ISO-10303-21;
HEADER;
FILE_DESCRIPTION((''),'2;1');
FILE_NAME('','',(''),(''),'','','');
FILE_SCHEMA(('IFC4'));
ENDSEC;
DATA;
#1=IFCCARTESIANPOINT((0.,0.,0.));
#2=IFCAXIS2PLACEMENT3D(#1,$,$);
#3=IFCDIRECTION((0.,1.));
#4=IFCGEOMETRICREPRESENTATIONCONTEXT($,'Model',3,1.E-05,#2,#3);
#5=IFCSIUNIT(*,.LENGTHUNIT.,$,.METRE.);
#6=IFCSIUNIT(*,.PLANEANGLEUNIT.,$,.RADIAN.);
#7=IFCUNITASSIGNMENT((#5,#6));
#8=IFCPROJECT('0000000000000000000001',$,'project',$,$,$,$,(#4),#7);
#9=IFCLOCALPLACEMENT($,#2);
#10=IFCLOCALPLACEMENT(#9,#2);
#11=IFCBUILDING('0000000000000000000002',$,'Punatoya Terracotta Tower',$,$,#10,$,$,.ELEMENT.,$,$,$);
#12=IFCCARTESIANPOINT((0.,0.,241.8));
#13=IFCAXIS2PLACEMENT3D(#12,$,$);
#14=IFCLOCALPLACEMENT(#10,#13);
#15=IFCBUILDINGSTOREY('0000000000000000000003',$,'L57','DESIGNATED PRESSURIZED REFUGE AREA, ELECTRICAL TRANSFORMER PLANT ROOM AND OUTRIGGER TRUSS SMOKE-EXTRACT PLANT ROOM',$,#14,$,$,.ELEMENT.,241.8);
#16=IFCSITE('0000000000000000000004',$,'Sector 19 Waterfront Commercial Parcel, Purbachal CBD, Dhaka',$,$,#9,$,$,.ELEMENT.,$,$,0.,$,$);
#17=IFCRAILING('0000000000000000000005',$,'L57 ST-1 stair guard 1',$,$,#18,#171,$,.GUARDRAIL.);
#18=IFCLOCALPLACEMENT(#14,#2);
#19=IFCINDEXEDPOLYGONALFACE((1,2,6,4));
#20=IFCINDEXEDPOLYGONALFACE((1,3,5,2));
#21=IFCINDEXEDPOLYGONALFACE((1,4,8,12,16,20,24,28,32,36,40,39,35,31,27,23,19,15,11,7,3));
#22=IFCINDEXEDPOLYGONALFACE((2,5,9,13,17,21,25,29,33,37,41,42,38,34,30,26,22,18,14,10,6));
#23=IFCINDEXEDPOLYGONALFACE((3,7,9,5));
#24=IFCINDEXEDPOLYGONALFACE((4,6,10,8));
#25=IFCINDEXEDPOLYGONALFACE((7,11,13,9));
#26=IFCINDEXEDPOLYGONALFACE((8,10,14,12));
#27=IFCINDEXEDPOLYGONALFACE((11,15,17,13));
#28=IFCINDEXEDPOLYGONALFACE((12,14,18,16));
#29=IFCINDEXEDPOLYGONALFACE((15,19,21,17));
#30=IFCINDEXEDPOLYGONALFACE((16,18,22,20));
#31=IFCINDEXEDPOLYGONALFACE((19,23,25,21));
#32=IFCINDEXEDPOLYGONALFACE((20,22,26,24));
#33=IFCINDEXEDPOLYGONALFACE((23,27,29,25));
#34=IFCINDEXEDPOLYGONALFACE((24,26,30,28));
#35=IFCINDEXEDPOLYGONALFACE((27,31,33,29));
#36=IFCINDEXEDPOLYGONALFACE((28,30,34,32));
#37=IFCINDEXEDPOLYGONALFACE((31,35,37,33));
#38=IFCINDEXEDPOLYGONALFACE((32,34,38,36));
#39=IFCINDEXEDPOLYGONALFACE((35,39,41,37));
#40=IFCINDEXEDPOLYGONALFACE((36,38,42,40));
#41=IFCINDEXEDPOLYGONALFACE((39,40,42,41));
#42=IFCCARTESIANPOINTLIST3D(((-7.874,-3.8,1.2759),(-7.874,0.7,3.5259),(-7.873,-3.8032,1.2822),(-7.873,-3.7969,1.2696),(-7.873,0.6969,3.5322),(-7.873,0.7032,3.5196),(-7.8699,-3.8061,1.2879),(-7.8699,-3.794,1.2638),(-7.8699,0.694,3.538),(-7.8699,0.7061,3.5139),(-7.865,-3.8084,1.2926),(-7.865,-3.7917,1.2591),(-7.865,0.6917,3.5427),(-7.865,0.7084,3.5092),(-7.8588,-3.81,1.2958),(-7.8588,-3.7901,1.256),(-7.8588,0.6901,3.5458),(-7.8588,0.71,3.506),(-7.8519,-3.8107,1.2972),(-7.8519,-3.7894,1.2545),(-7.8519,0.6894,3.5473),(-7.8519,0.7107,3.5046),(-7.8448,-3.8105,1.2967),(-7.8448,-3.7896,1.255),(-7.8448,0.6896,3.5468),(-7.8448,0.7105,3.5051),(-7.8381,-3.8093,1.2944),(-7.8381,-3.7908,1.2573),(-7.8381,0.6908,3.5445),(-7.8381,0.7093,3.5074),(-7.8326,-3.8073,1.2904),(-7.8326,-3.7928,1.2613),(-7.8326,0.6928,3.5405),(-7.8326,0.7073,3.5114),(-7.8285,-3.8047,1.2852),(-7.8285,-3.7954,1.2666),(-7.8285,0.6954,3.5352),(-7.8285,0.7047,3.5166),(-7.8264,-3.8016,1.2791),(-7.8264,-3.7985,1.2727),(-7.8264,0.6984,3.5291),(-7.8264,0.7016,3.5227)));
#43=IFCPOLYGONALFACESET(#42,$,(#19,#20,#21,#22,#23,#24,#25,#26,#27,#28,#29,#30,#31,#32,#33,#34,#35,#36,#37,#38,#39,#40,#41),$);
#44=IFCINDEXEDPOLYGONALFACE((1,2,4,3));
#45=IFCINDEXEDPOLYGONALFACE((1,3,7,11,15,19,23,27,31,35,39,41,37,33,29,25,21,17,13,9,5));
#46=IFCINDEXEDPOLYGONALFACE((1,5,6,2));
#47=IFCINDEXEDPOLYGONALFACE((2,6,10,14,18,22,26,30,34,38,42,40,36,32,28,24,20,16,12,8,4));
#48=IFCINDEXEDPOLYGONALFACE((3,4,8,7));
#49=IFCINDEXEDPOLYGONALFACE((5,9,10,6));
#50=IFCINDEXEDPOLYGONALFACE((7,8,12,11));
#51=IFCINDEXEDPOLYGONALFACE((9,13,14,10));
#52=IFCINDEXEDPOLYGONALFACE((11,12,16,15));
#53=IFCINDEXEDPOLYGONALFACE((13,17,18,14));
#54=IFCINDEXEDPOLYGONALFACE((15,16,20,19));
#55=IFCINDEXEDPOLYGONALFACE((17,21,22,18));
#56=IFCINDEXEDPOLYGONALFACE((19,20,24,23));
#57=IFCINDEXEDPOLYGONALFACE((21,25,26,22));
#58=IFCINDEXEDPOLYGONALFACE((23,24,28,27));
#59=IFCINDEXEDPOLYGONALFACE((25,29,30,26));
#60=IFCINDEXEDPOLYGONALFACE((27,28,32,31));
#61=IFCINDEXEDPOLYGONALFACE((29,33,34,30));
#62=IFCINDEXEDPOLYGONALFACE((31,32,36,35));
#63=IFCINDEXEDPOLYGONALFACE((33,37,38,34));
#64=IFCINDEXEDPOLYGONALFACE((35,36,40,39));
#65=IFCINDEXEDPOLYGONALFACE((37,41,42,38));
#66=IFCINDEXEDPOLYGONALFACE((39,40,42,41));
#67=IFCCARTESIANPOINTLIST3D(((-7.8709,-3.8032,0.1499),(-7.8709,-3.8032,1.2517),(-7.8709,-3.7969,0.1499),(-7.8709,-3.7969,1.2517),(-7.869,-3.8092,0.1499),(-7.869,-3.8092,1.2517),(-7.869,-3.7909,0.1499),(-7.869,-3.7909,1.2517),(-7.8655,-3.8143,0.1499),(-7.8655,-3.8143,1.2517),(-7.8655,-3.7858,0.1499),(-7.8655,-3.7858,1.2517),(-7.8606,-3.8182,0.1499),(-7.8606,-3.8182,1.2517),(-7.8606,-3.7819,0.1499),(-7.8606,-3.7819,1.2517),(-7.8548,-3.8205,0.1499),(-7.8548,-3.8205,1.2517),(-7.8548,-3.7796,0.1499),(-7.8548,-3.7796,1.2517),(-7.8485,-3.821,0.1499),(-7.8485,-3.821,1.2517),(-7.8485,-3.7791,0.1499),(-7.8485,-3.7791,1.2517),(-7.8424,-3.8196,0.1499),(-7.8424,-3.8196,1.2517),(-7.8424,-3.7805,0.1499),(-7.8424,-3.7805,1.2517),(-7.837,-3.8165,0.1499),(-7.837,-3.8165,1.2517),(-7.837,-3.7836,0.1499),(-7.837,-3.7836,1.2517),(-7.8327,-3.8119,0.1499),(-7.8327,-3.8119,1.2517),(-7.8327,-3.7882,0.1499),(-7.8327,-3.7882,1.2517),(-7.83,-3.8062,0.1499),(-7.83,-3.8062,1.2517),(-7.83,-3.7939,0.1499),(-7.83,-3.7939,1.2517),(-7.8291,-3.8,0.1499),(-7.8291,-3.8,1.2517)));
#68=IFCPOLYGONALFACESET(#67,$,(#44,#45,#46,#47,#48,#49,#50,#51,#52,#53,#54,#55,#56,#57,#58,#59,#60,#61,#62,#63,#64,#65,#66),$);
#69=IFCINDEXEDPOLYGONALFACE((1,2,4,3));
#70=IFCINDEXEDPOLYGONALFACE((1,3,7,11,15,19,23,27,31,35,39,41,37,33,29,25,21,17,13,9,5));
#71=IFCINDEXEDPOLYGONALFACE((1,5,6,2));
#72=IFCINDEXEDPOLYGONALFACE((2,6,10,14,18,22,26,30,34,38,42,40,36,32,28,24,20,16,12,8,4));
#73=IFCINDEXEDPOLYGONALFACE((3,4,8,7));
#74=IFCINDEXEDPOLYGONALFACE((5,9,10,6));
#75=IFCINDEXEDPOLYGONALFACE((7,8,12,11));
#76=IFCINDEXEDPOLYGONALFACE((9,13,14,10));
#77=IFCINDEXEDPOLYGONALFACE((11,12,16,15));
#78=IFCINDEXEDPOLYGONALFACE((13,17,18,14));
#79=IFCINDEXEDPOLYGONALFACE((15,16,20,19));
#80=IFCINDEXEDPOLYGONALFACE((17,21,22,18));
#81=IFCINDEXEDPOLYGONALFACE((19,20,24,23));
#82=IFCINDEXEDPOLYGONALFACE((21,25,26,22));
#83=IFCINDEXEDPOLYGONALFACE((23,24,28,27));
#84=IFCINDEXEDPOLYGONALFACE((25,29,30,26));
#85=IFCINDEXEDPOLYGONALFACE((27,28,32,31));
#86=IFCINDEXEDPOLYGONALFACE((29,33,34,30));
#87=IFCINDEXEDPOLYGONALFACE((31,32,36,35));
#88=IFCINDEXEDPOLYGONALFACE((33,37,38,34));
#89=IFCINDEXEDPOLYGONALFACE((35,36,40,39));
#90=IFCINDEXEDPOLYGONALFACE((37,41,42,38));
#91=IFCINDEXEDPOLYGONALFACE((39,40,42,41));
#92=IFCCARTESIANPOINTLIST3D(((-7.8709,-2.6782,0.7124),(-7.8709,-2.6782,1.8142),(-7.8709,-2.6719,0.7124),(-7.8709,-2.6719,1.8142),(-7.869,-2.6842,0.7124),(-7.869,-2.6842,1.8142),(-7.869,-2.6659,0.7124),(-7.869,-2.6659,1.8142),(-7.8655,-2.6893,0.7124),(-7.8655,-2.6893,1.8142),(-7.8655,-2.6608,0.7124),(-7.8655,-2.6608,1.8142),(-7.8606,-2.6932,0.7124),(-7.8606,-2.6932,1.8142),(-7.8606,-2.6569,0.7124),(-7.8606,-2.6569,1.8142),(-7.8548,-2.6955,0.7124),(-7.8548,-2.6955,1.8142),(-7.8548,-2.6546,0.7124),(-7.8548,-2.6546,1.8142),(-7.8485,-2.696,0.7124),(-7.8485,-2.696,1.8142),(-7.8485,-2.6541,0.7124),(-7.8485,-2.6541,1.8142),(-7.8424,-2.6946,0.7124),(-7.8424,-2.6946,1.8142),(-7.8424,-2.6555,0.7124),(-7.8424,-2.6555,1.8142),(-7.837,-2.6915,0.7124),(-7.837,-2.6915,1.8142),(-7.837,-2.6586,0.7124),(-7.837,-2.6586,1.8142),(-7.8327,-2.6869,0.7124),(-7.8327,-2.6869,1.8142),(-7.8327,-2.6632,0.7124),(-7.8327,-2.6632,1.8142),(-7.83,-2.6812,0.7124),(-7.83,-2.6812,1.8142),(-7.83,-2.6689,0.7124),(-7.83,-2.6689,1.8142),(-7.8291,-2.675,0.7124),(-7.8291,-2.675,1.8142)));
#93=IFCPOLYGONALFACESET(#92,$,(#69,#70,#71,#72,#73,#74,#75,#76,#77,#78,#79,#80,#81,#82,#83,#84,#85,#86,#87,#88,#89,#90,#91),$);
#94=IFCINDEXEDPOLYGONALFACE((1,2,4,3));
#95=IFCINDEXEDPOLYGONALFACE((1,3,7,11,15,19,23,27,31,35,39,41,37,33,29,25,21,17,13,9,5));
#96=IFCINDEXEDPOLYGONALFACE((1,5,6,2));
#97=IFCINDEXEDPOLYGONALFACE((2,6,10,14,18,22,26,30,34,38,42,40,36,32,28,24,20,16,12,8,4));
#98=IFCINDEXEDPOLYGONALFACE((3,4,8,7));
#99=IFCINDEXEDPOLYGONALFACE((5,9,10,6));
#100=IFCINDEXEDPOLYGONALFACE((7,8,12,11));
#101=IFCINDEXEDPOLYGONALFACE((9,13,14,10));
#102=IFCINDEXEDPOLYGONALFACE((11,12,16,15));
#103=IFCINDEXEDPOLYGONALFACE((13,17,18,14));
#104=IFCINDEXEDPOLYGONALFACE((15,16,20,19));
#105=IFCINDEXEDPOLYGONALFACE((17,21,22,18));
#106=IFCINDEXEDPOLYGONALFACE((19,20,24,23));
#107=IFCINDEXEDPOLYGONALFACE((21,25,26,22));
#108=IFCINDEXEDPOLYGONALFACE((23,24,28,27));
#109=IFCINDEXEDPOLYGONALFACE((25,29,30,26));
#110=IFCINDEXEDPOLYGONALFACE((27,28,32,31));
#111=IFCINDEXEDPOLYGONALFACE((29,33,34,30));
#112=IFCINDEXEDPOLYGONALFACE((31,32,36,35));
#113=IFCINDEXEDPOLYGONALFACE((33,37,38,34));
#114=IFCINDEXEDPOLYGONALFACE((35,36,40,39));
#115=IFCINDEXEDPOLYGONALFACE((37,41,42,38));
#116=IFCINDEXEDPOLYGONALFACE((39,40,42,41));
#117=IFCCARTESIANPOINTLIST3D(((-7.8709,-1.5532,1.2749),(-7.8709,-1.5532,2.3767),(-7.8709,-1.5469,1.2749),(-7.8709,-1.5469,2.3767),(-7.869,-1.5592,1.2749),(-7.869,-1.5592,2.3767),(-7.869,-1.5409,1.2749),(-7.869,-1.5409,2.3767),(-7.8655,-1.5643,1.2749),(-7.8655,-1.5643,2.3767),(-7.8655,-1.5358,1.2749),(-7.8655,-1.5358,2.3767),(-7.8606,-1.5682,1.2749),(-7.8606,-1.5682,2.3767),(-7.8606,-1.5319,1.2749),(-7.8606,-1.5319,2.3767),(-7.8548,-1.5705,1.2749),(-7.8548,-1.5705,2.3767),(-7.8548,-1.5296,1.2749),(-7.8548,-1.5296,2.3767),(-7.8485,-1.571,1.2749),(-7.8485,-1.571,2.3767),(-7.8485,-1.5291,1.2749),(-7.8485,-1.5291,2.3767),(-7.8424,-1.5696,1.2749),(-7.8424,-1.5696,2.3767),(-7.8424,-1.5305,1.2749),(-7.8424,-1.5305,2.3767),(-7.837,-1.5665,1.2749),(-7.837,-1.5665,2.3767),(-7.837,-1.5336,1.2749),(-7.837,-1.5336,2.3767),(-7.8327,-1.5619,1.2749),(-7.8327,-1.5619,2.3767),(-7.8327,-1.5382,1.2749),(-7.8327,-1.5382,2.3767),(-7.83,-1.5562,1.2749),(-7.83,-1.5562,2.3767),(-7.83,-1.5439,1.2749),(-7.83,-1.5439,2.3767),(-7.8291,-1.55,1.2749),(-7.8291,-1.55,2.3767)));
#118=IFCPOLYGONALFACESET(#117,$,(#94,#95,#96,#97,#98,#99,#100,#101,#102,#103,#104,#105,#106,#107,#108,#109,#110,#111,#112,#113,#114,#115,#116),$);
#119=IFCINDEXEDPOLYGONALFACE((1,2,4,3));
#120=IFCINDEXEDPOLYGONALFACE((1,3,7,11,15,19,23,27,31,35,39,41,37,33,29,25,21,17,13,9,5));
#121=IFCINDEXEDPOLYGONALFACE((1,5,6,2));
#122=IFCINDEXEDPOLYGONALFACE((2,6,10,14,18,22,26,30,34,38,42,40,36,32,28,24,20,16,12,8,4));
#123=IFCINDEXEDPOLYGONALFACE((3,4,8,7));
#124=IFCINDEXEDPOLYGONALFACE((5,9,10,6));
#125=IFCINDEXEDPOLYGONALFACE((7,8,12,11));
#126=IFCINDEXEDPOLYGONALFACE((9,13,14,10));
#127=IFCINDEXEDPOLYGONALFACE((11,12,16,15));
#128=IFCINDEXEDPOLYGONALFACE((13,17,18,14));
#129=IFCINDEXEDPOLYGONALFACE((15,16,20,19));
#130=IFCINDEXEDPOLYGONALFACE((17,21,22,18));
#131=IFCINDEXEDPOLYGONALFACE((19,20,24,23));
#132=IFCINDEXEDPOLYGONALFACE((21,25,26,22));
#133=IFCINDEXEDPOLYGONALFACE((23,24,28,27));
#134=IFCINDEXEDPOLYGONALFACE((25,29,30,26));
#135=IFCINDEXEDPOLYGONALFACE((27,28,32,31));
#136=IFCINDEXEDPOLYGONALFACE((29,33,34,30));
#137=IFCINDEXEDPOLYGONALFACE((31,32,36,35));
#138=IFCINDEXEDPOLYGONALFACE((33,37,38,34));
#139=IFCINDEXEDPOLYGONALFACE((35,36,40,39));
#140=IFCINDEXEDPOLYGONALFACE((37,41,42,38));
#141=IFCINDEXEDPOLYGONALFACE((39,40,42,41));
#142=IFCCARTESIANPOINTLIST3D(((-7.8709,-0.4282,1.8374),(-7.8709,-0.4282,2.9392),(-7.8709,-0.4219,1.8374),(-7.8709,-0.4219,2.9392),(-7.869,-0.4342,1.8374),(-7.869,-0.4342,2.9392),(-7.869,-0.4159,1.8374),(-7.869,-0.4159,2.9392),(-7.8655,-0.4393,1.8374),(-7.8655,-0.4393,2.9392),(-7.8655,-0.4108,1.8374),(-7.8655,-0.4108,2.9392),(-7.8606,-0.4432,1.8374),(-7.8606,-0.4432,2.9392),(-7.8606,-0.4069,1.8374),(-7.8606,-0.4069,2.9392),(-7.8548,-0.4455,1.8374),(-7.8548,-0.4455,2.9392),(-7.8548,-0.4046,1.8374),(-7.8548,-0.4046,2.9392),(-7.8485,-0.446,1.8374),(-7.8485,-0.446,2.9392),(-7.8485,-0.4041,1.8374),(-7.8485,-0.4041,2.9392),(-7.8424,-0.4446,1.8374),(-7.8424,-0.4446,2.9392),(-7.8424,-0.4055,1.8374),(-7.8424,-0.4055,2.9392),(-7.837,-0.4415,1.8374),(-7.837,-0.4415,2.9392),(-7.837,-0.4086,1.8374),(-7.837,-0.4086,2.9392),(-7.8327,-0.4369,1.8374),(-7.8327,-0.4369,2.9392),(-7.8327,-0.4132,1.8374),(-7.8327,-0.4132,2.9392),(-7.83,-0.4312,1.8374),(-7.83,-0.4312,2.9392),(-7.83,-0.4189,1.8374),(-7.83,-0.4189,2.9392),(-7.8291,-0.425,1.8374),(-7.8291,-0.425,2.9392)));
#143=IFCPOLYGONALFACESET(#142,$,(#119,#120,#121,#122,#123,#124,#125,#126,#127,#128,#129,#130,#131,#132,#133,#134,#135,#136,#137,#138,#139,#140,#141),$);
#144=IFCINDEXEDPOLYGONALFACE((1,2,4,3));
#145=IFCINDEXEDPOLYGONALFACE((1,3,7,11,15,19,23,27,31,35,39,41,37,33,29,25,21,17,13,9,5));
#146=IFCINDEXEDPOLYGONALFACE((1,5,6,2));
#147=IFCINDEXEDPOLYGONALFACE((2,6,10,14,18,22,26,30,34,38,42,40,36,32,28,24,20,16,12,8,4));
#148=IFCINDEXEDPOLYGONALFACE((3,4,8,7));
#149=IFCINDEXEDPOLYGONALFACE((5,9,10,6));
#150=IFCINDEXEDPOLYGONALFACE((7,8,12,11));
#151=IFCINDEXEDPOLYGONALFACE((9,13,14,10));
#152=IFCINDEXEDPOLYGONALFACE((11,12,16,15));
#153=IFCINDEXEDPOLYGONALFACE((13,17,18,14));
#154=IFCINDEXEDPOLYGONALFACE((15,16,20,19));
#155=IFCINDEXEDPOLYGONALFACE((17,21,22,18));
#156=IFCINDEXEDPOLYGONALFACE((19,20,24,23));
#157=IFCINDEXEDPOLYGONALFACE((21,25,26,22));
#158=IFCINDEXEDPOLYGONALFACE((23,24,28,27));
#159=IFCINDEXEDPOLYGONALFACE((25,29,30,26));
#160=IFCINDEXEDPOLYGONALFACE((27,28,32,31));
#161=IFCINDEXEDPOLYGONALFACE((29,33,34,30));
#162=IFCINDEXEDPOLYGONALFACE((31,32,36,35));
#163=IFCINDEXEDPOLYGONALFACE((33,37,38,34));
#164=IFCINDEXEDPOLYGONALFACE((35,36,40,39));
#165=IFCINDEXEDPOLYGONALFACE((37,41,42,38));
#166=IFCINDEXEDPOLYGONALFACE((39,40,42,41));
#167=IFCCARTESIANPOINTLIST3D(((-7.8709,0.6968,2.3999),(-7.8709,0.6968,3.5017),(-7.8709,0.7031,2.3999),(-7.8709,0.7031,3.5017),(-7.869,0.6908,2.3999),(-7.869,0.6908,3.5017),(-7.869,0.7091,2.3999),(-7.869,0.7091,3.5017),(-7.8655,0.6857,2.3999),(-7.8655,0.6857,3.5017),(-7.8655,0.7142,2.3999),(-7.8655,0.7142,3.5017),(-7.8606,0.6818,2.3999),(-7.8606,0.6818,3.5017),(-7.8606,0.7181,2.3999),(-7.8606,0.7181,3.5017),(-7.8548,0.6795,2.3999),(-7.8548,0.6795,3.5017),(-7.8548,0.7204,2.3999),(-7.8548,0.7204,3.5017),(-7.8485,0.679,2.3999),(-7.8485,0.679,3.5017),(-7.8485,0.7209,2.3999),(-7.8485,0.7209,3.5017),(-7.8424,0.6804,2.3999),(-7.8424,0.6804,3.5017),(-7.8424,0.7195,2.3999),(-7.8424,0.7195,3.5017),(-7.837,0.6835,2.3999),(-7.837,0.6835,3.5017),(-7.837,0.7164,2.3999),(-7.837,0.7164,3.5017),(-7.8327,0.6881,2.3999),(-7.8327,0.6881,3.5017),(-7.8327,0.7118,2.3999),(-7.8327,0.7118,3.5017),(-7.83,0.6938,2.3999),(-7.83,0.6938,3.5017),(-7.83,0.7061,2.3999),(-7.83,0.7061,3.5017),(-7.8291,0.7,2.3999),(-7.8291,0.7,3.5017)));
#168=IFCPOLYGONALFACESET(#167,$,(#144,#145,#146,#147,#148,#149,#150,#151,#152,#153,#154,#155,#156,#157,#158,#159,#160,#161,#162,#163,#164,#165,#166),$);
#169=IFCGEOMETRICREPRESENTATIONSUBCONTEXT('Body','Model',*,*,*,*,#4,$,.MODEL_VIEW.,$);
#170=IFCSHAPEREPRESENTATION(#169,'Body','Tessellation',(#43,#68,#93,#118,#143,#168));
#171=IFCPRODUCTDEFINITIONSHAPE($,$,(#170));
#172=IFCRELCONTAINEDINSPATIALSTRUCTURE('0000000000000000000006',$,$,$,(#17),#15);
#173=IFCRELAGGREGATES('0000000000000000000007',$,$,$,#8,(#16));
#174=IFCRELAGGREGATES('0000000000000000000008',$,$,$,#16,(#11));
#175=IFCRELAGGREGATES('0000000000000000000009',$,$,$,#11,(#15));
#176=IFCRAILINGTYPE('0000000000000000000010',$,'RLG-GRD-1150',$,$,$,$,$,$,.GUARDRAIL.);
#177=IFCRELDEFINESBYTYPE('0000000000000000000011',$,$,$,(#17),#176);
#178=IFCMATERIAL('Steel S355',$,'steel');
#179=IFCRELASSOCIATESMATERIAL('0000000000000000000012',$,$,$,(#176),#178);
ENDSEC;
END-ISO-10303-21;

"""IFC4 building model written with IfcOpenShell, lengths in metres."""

from ifc_helpers import new_model, si_unit, direction, frame, origin, origin_2d, place, context, subcontext, project, spatial, circle, extrude, material, type_object, element, save


model = new_model("IFC4")

# Units and contexts
model_context = context("Model", 3, precision=1e-05, world=origin(), true_north=direction((0.0, 1.0)))
body_context = subcontext(model_context, "Body", "Model", "MODEL_VIEW")
ifc_project = project(units=[si_unit("LENGTHUNIT", "METRE"), si_unit("PLANEANGLEUNIT", "RADIAN")], contexts=[model_context])

# Site, building, storey
site_placement = place(None, origin())
site = spatial("IfcSite", under=ifc_project, at=site_placement, Name="Sector 19 Waterfront Commercial Parcel, Purbachal CBD, Dhaka", CompositionType="ELEMENT", RefElevation=0.0)
building_placement = place(site_placement, origin())
building = spatial("IfcBuilding", under=site, at=building_placement, Name="Punatoya Terracotta Tower", CompositionType="ELEMENT")
storey_placement = place(building_placement, frame((0.0, 0.0, 241.8)))
storey = spatial("IfcBuildingStorey", under=building, at=storey_placement, Name="L57", Description="DESIGNATED PRESSURIZED REFUGE AREA, ELECTRICAL TRANSFORMER PLANT ROOM AND OUTRIGGER TRUSS SMOKE-EXTRACT PLANT ROOM", CompositionType="ELEMENT", Elevation=241.8)

# Shared definitions
ifc_material_1 = material(Name="Steel S355", Category="steel")

# Railing
railing_type_1 = type_object("IfcRailingType", Name="RLG-GRD-1150", PredefinedType="GUARDRAIL", material=ifc_material_1)
railing_1_placement = place(storey_placement, frame((-7.8501, -3.8, 0.1499)))
element("IfcRailing", 1, at=railing_1_placement, inside=storey, type_object=railing_type_1, Name="L57 ST-1 stair guard 1", PredefinedType="GUARDRAIL", context=body_context, shape_type="SweptSolid", body=[
    extrude(circle(Radius=0.0239, at=origin_2d()), frame((0.0, 0.0, 1.126), z_axis=(0.0, 0.894427, 0.447214), x_axis=(-1.0, 0.0, 0.0)), (0.0, 0.0, 1.0), 5.0312),
    extrude(circle(Radius=0.021, at=origin_2d()), origin(), (0.0, 0.0, 1.0), 1.1018),
    extrude(circle(Radius=0.021, at=origin_2d()), frame((0.0, 1.125, 0.5625)), (0.0, 0.0, 1.0), 1.1018),
    extrude(circle(Radius=0.021, at=origin_2d()), frame((0.0, 2.25, 1.125)), (0.0, 0.0, 1.0), 1.1018),
    extrude(circle(Radius=0.021, at=origin_2d()), frame((0.0, 3.375, 1.6875)), (0.0, 0.0, 1.0), 1.1018),
    extrude(circle(Radius=0.021, at=origin_2d()), frame((0.0, 4.5, 2.25)), (0.0, 0.0, 1.0), 1.1018),
])

save(model, "model.ifc")
